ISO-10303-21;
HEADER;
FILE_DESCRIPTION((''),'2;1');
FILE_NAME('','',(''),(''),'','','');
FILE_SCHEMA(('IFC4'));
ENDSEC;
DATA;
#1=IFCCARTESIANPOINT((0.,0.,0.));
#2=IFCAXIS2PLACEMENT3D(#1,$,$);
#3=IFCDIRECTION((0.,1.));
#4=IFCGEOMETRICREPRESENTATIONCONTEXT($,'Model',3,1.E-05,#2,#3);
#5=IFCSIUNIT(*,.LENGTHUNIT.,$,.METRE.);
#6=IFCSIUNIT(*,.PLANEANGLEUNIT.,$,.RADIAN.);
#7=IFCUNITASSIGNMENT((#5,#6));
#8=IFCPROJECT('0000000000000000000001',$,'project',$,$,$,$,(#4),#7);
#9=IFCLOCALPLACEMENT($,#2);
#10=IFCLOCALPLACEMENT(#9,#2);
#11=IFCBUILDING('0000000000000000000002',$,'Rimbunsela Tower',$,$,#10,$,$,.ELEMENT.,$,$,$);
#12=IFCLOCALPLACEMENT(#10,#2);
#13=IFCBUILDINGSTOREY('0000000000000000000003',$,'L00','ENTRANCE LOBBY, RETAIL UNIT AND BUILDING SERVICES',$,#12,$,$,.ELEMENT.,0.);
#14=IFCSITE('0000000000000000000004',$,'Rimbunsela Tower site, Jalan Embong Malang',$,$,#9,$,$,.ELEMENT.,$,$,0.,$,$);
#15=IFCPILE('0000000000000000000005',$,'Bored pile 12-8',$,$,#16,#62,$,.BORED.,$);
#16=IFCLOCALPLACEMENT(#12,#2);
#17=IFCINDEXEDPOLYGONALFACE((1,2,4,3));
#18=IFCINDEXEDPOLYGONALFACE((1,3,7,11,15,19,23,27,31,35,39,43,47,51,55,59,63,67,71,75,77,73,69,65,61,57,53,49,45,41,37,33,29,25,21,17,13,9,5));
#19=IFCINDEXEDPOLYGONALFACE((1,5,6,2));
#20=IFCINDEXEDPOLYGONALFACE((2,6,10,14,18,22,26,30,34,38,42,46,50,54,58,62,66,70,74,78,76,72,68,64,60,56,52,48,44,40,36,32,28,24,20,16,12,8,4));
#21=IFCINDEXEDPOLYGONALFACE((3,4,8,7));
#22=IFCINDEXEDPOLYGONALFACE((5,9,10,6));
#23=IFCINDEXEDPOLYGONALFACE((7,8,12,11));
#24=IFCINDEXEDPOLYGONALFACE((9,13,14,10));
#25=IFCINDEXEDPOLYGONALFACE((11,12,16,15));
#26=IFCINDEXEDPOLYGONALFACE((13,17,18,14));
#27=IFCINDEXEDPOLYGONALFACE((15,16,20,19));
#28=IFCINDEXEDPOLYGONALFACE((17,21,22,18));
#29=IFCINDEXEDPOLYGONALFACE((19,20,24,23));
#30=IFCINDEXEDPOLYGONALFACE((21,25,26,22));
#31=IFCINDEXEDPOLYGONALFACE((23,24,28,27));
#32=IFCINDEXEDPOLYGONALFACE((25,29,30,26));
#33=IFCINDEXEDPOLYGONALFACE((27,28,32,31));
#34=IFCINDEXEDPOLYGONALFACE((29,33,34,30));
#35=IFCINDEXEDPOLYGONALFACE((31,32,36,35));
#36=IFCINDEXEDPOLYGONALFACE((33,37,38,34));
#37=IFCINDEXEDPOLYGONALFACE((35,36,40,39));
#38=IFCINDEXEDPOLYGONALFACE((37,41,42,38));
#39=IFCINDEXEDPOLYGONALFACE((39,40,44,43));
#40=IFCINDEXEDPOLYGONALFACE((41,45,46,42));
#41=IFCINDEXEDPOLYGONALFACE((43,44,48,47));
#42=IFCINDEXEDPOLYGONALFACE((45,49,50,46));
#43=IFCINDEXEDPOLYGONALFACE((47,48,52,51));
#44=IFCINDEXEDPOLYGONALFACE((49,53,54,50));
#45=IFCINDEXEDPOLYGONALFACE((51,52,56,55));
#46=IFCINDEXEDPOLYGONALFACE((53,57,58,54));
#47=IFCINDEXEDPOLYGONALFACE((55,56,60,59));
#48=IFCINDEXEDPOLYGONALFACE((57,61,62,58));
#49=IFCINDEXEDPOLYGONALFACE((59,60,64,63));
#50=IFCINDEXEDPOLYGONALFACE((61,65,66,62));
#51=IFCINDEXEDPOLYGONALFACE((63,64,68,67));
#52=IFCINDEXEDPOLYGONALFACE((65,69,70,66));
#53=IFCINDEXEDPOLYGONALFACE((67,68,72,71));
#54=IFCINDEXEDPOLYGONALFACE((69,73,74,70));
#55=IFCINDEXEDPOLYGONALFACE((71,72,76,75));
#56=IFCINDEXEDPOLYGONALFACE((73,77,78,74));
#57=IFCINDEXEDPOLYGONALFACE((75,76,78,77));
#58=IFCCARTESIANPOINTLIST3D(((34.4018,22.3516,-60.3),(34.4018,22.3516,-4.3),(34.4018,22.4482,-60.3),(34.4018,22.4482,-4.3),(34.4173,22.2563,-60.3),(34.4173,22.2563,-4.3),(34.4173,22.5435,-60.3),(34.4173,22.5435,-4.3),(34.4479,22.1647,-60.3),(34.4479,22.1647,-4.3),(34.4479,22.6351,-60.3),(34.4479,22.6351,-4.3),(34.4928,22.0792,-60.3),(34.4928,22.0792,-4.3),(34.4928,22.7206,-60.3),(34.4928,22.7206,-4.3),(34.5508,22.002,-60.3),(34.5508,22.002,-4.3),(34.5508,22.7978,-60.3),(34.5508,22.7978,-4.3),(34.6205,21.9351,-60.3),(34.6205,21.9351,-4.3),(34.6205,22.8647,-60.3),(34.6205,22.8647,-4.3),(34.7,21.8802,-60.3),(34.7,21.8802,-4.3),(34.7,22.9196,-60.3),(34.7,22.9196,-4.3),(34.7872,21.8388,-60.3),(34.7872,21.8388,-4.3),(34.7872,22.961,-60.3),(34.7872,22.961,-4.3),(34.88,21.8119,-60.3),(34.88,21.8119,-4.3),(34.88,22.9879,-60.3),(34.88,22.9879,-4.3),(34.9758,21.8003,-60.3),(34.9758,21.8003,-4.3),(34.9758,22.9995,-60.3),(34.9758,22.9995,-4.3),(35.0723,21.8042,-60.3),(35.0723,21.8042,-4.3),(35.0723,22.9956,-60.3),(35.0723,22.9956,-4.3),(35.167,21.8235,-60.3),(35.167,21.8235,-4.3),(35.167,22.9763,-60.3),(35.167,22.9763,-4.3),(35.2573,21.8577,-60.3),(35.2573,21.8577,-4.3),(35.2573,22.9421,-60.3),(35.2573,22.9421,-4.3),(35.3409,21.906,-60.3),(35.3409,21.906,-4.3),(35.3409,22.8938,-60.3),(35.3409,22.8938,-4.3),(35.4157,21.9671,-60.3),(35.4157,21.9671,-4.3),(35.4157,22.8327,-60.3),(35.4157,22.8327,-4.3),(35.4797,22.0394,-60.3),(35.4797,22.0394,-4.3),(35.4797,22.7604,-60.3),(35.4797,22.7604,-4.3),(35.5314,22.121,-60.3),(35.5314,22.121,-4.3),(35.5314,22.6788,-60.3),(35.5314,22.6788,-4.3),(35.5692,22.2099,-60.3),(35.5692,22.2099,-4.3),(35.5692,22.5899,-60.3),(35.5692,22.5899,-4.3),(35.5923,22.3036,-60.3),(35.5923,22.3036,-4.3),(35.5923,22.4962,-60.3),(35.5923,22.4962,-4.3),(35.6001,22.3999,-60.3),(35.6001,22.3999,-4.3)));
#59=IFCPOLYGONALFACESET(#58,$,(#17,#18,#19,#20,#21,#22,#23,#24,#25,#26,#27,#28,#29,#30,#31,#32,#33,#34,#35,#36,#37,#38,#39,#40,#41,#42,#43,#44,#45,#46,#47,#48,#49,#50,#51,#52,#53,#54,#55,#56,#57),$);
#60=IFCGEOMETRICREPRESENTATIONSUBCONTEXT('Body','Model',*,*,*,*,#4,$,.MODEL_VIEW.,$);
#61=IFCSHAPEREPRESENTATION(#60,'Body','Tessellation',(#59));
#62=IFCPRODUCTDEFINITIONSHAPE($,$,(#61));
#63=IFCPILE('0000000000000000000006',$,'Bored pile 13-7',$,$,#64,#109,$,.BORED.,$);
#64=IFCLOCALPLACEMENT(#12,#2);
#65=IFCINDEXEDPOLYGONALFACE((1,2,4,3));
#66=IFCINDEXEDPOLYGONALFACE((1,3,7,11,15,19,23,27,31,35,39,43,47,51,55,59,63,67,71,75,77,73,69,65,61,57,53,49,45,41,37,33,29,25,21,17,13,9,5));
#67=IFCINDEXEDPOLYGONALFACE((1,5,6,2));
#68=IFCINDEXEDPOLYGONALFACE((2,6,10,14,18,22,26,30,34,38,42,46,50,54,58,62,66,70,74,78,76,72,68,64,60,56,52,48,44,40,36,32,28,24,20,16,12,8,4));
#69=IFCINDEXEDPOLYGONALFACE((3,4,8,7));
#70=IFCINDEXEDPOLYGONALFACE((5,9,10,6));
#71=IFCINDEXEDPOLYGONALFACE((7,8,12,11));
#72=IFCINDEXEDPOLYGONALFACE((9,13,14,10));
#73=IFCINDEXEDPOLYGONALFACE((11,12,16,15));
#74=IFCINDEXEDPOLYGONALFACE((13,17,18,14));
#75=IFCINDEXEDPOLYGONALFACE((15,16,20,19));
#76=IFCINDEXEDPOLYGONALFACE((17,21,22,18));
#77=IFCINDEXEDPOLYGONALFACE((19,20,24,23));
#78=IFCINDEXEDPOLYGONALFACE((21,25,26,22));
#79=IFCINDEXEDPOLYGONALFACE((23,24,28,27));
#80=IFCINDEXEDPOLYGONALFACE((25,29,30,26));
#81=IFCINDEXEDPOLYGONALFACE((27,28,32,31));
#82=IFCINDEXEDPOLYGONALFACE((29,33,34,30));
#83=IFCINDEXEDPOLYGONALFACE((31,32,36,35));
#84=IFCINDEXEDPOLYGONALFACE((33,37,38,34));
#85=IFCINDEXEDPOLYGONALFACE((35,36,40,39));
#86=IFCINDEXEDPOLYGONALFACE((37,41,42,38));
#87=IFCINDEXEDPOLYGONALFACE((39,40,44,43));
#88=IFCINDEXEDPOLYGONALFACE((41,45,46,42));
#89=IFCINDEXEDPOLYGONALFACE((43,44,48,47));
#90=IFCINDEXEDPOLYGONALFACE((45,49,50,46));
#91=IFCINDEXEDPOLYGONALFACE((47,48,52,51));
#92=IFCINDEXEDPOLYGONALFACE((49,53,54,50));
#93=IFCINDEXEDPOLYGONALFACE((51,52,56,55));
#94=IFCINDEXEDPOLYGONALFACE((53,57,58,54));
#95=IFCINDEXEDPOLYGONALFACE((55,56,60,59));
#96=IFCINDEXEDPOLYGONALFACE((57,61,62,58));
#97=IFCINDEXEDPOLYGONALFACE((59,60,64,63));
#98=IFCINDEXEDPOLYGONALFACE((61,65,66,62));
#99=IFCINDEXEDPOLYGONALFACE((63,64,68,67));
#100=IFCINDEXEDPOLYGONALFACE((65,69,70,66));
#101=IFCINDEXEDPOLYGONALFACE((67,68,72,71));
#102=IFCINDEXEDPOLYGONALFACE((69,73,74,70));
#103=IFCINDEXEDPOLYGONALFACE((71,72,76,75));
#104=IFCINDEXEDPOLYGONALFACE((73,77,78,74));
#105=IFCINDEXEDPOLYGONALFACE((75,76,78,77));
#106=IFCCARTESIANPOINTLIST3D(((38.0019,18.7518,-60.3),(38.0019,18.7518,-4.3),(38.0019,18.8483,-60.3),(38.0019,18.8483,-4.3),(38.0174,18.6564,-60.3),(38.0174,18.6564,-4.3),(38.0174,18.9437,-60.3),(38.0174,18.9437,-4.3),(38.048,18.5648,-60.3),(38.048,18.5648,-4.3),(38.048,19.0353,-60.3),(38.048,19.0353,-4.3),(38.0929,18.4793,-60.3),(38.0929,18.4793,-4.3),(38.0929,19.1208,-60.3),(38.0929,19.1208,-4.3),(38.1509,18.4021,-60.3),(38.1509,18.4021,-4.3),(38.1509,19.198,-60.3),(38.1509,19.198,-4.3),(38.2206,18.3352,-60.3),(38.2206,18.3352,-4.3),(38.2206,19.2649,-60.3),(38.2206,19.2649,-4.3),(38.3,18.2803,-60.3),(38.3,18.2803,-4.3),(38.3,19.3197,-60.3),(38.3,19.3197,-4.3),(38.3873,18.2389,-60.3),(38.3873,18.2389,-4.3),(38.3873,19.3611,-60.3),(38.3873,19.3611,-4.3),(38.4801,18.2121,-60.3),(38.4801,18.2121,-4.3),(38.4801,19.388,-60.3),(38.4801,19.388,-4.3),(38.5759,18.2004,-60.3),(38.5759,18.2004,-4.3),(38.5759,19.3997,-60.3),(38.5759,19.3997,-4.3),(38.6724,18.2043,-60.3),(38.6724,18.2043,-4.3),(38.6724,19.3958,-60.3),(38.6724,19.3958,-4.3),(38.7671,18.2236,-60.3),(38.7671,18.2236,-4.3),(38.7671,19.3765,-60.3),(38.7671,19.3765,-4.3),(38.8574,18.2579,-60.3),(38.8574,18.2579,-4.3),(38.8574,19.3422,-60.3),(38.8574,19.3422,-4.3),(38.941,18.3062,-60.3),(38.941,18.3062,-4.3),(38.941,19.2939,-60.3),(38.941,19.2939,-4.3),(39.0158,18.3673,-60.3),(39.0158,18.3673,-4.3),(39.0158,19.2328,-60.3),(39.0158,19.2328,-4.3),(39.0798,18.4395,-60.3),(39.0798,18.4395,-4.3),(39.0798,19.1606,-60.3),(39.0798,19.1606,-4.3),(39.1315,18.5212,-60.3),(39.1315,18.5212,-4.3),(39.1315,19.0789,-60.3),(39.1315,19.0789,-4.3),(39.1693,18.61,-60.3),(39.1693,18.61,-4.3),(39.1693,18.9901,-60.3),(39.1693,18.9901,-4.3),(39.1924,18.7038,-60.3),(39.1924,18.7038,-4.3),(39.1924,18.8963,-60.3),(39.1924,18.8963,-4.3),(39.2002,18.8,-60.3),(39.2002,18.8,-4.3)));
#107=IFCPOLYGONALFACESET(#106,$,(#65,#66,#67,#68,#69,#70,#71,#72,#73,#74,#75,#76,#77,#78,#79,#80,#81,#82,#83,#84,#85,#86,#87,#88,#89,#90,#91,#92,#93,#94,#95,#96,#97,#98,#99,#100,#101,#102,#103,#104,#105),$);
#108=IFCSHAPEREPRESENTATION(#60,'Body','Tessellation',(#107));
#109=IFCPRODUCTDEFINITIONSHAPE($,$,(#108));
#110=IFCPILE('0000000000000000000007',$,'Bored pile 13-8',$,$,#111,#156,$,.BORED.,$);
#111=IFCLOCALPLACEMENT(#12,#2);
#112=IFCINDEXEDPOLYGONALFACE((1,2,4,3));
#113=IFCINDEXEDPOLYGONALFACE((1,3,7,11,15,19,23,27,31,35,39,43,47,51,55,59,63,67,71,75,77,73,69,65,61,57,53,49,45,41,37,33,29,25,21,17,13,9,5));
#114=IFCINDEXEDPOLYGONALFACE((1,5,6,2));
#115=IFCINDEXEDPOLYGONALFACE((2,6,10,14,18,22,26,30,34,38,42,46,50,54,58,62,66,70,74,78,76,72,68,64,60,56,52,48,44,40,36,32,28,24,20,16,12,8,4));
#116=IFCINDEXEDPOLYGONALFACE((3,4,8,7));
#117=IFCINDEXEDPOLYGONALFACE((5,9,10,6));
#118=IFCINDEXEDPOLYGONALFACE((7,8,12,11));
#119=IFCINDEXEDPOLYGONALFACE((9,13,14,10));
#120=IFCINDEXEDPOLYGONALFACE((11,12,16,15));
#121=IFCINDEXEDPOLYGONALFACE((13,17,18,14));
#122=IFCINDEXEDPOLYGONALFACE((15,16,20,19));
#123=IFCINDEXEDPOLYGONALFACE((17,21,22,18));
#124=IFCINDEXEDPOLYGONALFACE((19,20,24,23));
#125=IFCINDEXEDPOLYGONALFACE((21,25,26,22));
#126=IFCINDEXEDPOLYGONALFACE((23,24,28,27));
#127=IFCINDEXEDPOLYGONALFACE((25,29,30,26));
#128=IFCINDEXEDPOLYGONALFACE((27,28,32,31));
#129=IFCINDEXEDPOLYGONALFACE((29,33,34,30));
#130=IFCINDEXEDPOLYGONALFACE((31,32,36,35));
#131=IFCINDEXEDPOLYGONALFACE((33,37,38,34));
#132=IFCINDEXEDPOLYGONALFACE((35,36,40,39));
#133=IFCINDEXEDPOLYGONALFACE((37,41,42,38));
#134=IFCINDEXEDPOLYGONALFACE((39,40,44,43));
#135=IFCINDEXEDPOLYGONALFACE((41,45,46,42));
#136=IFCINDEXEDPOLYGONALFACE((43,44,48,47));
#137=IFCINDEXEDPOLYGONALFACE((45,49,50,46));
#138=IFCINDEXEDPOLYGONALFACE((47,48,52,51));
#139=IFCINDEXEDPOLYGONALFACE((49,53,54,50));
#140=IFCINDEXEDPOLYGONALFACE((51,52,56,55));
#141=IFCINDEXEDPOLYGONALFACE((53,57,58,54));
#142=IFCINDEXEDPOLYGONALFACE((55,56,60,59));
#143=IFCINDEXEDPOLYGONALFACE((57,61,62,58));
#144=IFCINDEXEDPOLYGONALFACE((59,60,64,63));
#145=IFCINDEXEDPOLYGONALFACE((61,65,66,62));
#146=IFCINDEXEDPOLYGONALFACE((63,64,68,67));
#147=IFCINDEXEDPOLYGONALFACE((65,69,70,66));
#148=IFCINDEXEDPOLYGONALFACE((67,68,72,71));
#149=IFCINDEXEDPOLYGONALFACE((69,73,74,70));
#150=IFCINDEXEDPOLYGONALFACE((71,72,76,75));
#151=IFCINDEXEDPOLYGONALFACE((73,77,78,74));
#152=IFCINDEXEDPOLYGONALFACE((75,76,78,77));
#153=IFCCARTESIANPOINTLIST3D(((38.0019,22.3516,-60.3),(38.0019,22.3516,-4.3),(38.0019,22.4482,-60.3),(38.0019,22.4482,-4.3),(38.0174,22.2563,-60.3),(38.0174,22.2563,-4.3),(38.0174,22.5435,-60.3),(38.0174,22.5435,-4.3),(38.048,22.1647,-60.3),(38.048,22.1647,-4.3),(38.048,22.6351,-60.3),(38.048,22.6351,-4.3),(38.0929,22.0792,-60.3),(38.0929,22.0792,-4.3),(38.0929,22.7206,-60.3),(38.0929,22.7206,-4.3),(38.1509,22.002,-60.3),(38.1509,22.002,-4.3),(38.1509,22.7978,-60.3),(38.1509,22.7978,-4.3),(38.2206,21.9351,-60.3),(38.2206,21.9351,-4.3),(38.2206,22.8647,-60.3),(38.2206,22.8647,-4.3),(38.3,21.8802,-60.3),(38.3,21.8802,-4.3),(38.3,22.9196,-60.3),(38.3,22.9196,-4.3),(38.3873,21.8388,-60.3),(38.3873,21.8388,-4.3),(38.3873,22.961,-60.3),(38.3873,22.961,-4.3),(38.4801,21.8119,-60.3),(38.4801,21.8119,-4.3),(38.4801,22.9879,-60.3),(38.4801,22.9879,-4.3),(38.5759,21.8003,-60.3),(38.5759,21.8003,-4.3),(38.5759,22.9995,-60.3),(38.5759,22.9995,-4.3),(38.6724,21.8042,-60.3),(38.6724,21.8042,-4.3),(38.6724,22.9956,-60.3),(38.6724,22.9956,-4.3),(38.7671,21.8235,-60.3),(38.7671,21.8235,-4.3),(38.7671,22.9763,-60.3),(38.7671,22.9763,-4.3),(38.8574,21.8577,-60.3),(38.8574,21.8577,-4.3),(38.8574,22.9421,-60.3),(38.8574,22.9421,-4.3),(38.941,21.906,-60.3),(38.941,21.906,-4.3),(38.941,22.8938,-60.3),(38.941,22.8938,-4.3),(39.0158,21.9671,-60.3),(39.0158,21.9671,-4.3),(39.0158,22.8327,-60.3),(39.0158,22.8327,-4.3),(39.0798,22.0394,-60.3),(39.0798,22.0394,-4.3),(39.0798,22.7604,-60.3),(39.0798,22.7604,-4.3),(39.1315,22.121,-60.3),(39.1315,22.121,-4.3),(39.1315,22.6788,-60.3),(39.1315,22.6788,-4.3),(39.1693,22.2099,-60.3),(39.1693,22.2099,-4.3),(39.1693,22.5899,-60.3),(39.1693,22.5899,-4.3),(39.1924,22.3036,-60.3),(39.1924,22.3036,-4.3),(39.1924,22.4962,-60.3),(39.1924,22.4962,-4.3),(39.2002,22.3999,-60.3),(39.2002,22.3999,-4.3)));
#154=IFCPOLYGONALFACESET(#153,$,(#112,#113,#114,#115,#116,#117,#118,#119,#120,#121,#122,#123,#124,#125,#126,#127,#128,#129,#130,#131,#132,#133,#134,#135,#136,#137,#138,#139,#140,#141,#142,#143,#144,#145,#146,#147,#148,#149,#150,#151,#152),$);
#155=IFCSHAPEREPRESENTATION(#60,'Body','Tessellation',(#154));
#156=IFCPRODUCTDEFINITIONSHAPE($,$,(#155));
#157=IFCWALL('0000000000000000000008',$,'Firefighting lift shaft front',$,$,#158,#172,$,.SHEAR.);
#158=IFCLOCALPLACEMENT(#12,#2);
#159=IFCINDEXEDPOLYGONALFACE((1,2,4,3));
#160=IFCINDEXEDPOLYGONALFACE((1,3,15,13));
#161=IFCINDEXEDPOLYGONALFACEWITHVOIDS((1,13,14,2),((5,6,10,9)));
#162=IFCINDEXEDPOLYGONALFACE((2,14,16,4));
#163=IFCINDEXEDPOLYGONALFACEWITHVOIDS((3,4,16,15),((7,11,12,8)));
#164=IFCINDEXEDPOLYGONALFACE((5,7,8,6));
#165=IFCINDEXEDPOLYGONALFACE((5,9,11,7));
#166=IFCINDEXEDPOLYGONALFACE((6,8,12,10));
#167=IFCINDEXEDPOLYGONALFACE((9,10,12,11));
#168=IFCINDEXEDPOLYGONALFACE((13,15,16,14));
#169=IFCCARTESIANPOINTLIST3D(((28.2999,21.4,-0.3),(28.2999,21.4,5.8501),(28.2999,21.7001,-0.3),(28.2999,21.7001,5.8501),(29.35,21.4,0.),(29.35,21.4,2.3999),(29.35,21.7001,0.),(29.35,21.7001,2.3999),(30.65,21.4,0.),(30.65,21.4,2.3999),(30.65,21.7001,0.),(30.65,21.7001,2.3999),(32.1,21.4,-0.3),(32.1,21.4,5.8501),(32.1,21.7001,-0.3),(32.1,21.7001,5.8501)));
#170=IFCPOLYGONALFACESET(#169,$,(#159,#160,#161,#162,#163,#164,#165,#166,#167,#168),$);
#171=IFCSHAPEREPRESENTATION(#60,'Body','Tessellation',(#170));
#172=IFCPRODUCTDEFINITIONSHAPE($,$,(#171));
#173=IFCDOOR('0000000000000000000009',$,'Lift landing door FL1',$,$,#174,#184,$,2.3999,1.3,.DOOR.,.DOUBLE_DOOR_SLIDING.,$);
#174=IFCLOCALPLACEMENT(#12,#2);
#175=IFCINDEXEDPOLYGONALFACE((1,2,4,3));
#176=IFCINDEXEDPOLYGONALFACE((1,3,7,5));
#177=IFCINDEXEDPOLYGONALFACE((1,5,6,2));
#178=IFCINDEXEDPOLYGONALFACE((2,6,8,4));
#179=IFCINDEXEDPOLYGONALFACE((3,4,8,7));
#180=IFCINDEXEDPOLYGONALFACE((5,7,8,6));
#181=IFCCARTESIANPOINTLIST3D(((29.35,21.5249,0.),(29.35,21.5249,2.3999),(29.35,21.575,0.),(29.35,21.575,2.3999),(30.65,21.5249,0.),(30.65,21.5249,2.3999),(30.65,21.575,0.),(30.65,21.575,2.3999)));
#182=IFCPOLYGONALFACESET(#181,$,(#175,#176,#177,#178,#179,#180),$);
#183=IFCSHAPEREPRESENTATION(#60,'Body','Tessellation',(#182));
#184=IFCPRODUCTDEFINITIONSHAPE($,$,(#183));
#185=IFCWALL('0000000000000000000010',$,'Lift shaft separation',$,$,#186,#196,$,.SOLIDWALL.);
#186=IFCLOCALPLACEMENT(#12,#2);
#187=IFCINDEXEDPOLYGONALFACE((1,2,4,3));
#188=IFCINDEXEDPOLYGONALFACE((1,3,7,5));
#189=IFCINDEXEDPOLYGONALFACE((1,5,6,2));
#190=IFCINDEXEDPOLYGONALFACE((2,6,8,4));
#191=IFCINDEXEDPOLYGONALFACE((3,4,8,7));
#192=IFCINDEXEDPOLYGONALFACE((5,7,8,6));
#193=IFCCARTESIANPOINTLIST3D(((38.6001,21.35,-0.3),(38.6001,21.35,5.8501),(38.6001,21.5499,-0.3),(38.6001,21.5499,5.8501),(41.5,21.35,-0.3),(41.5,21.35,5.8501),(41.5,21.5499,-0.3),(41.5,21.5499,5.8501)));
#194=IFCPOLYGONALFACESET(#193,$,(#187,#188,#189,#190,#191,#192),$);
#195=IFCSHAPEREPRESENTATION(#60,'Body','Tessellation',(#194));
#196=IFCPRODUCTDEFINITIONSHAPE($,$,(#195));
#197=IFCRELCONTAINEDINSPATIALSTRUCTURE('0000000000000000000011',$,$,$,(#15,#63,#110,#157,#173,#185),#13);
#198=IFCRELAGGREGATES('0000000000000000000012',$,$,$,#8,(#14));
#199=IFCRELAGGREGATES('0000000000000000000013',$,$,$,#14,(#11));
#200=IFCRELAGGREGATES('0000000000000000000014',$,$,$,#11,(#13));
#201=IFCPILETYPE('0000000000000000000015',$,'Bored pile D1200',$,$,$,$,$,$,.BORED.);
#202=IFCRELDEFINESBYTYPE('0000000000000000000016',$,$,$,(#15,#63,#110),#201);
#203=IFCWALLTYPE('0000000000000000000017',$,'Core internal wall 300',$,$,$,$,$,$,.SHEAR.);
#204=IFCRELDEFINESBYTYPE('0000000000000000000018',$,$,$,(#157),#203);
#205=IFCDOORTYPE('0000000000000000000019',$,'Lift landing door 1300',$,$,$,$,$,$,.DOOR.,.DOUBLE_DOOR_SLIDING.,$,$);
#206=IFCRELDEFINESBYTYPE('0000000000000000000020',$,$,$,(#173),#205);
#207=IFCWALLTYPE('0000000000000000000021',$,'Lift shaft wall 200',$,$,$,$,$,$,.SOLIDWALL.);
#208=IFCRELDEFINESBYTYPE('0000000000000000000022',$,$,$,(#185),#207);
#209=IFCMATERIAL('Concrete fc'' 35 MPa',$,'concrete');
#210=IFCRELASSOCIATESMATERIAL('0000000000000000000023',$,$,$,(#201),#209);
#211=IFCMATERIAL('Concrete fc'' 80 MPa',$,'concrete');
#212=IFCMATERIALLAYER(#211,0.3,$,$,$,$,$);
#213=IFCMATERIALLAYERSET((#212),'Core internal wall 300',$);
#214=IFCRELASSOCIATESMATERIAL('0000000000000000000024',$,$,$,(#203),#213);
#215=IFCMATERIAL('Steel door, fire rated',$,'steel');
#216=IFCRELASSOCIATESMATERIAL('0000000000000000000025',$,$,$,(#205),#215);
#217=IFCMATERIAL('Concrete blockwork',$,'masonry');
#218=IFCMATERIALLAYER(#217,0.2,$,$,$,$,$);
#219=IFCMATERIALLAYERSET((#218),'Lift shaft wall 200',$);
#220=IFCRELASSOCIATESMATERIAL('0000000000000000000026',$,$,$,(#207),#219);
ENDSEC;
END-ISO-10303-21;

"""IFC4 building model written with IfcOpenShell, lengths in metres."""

from ifc_helpers import new_model, si_unit, direction, frame, frame_2d, origin, origin_2d, place, context, subcontext, project, spatial, rectangle, circle, extrude, material, layer, layer_set, material_profile, profile_set, type_object, element, fill, save


model = new_model("IFC4")

# Units and contexts
model_context = context("Model", 3, precision=1e-05, world=origin(), true_north=direction((0.0, 1.0)))
body_context = subcontext(model_context, "Body", "Model", "MODEL_VIEW")
ifc_project = project(units=[si_unit("LENGTHUNIT", "METRE"), si_unit("PLANEANGLEUNIT", "RADIAN")], contexts=[model_context])

# Site, building, storey
site_placement = place(None, origin())
site = spatial("IfcSite", under=ifc_project, at=site_placement, Name="Rimbunsela Tower site, Jalan Embong Malang", CompositionType="ELEMENT", RefElevation=0.0)
building_placement = place(site_placement, origin())
building = spatial("IfcBuilding", under=site, at=building_placement, Name="Rimbunsela Tower", CompositionType="ELEMENT")
storey_placement = place(building_placement, origin())
storey = spatial("IfcBuildingStorey", under=building, at=storey_placement, Name="L00", Description="ENTRANCE LOBBY, RETAIL UNIT AND BUILDING SERVICES", CompositionType="ELEMENT", Elevation=0.0)

# Piles
ifc_material_1 = material(Name="Concrete fc' 35 MPa", Category="concrete")
ifc_material_profile = material_profile(ifc_material_1, circle(Radius=0.6001, at=origin_2d()), Name="BP D1200")
ifc_profile_set = profile_set([ifc_material_profile], Name="Concrete fc' 35 MPa")
pile_type = type_object("IfcPileType", Name="Bored pile D1200", PredefinedType="BORED", material=ifc_profile_set)
for number, where, z_axis, x_axis, name in (
    (1, (35.0, 22.3999, -4.3), (0.0, 0.0, -1.0), (1.0, 0.0, 0.0), "Bored pile 12-8"),
    (2, (38.6001, 18.8, -4.3), (0.0, 0.0, -1.0), (1.0, 0.0, 0.0), "Bored pile 13-7"),
    (3, (38.6001, 22.3999, -4.3), (0.0, 0.0, -1.0), (1.0, 0.0, 0.0), "Bored pile 13-8"),
):
    element("IfcPile", number, at=place(storey_placement, frame(where, z_axis=z_axis, x_axis=x_axis)), inside=storey, type_object=pile_type, Name=name, PredefinedType="BORED", context=body_context, shape_type="SweptSolid", body=[
        extrude(circle(Radius=0.6001, at=origin_2d()), origin(), (0.0, 0.0, 1.0), 56.0),
    ])

# Wall, opening, door
ifc_material_2 = material(Name="Concrete fc' 80 MPa", Category="concrete")
ifc_layer_1 = layer(ifc_material_2, 0.3)
ifc_layer_set_1 = layer_set([ifc_layer_1], Name="Core internal wall 300")
wall_type_1 = type_object("IfcWallType", Name="Core internal wall 300", PredefinedType="SHEAR", material=ifc_layer_set_1)
wall_placement = place(storey_placement, frame((28.3, 21.55, -0.3), z_axis=(0.0, 0.0, 1.0), x_axis=(1.0, 0.0, 0.0)))
wall = element("IfcWall", 4, at=wall_placement, inside=storey, type_object=wall_type_1, Name="Firefighting lift shaft front", PredefinedType="SHEAR", context=body_context, shape_type="SweptSolid", body=[
    extrude(rectangle(XDim=3.8, YDim=0.3, at=frame_2d((1.8999, 0.0))), origin(), (0.0, 0.0, 1.0), 6.1501),
])
opening_placement = place(wall_placement, frame((1.05, 0.0, 0.3)))
opening = element("IfcOpeningElement", 5, at=opening_placement, cuts=wall, PredefinedType="OPENING", context=body_context, shape_type="SweptSolid", body=[
    extrude(rectangle(XDim=1.3, YDim=2.3999, at=frame_2d((0.6499, 1.2))), frame((0.0, 0.1599, 0.0), z_axis=(0.0, -1.0, 0.0), x_axis=(1.0, 0.0, 0.0)), (0.0, 0.0, 1.0), 0.3201),
])
ifc_material_3 = material(Name="Steel door, fire rated", Category="steel")
door_type = type_object("IfcDoorType", Name="Lift landing door 1300", OperationType="DOUBLE_DOOR_SLIDING", PredefinedType="DOOR", material=ifc_material_3)
door_placement = place(opening_placement, origin())
door = element("IfcDoor", 6, at=door_placement, inside=storey, type_object=door_type, Name="Lift landing door FL1", OperationType="DOUBLE_DOOR_SLIDING", OverallHeight=2.3999, OverallWidth=1.3, PredefinedType="DOOR", context=body_context, shape_type="SweptSolid", body=[
    extrude(rectangle(XDim=1.3, YDim=2.3999, at=frame_2d((0.6499, 1.2))), frame((0.0, 0.0249, 0.0), z_axis=(0.0, -1.0, 0.0), x_axis=(1.0, 0.0, 0.0)), (0.0, 0.0, 1.0), 0.05),
])
fill(opening, door)

# Wall
ifc_material_4 = material(Name="Concrete blockwork", Category="masonry")
ifc_layer_2 = layer(ifc_material_4, 0.2)
ifc_layer_set_2 = layer_set([ifc_layer_2], Name="Lift shaft wall 200")
wall_type_2 = type_object("IfcWallType", Name="Lift shaft wall 200", PredefinedType="SOLIDWALL", material=ifc_layer_set_2)
for number, where, z_axis, x_axis, name in (
    (7, (38.6001, 21.45, -0.3), (0.0, 0.0, 1.0), (1.0, 0.0, 0.0), "Lift shaft separation"),
):
    element("IfcWall", number, at=place(storey_placement, frame(where, z_axis=z_axis, x_axis=x_axis)), inside=storey, type_object=wall_type_2, Name=name, PredefinedType="SOLIDWALL", context=body_context, shape_type="SweptSolid", body=[
        extrude(rectangle(XDim=2.8999, YDim=0.2, at=frame_2d((1.45, 0.0))), origin(), (0.0, 0.0, 1.0), 6.1501),
    ])

save(model, "model.ifc")
